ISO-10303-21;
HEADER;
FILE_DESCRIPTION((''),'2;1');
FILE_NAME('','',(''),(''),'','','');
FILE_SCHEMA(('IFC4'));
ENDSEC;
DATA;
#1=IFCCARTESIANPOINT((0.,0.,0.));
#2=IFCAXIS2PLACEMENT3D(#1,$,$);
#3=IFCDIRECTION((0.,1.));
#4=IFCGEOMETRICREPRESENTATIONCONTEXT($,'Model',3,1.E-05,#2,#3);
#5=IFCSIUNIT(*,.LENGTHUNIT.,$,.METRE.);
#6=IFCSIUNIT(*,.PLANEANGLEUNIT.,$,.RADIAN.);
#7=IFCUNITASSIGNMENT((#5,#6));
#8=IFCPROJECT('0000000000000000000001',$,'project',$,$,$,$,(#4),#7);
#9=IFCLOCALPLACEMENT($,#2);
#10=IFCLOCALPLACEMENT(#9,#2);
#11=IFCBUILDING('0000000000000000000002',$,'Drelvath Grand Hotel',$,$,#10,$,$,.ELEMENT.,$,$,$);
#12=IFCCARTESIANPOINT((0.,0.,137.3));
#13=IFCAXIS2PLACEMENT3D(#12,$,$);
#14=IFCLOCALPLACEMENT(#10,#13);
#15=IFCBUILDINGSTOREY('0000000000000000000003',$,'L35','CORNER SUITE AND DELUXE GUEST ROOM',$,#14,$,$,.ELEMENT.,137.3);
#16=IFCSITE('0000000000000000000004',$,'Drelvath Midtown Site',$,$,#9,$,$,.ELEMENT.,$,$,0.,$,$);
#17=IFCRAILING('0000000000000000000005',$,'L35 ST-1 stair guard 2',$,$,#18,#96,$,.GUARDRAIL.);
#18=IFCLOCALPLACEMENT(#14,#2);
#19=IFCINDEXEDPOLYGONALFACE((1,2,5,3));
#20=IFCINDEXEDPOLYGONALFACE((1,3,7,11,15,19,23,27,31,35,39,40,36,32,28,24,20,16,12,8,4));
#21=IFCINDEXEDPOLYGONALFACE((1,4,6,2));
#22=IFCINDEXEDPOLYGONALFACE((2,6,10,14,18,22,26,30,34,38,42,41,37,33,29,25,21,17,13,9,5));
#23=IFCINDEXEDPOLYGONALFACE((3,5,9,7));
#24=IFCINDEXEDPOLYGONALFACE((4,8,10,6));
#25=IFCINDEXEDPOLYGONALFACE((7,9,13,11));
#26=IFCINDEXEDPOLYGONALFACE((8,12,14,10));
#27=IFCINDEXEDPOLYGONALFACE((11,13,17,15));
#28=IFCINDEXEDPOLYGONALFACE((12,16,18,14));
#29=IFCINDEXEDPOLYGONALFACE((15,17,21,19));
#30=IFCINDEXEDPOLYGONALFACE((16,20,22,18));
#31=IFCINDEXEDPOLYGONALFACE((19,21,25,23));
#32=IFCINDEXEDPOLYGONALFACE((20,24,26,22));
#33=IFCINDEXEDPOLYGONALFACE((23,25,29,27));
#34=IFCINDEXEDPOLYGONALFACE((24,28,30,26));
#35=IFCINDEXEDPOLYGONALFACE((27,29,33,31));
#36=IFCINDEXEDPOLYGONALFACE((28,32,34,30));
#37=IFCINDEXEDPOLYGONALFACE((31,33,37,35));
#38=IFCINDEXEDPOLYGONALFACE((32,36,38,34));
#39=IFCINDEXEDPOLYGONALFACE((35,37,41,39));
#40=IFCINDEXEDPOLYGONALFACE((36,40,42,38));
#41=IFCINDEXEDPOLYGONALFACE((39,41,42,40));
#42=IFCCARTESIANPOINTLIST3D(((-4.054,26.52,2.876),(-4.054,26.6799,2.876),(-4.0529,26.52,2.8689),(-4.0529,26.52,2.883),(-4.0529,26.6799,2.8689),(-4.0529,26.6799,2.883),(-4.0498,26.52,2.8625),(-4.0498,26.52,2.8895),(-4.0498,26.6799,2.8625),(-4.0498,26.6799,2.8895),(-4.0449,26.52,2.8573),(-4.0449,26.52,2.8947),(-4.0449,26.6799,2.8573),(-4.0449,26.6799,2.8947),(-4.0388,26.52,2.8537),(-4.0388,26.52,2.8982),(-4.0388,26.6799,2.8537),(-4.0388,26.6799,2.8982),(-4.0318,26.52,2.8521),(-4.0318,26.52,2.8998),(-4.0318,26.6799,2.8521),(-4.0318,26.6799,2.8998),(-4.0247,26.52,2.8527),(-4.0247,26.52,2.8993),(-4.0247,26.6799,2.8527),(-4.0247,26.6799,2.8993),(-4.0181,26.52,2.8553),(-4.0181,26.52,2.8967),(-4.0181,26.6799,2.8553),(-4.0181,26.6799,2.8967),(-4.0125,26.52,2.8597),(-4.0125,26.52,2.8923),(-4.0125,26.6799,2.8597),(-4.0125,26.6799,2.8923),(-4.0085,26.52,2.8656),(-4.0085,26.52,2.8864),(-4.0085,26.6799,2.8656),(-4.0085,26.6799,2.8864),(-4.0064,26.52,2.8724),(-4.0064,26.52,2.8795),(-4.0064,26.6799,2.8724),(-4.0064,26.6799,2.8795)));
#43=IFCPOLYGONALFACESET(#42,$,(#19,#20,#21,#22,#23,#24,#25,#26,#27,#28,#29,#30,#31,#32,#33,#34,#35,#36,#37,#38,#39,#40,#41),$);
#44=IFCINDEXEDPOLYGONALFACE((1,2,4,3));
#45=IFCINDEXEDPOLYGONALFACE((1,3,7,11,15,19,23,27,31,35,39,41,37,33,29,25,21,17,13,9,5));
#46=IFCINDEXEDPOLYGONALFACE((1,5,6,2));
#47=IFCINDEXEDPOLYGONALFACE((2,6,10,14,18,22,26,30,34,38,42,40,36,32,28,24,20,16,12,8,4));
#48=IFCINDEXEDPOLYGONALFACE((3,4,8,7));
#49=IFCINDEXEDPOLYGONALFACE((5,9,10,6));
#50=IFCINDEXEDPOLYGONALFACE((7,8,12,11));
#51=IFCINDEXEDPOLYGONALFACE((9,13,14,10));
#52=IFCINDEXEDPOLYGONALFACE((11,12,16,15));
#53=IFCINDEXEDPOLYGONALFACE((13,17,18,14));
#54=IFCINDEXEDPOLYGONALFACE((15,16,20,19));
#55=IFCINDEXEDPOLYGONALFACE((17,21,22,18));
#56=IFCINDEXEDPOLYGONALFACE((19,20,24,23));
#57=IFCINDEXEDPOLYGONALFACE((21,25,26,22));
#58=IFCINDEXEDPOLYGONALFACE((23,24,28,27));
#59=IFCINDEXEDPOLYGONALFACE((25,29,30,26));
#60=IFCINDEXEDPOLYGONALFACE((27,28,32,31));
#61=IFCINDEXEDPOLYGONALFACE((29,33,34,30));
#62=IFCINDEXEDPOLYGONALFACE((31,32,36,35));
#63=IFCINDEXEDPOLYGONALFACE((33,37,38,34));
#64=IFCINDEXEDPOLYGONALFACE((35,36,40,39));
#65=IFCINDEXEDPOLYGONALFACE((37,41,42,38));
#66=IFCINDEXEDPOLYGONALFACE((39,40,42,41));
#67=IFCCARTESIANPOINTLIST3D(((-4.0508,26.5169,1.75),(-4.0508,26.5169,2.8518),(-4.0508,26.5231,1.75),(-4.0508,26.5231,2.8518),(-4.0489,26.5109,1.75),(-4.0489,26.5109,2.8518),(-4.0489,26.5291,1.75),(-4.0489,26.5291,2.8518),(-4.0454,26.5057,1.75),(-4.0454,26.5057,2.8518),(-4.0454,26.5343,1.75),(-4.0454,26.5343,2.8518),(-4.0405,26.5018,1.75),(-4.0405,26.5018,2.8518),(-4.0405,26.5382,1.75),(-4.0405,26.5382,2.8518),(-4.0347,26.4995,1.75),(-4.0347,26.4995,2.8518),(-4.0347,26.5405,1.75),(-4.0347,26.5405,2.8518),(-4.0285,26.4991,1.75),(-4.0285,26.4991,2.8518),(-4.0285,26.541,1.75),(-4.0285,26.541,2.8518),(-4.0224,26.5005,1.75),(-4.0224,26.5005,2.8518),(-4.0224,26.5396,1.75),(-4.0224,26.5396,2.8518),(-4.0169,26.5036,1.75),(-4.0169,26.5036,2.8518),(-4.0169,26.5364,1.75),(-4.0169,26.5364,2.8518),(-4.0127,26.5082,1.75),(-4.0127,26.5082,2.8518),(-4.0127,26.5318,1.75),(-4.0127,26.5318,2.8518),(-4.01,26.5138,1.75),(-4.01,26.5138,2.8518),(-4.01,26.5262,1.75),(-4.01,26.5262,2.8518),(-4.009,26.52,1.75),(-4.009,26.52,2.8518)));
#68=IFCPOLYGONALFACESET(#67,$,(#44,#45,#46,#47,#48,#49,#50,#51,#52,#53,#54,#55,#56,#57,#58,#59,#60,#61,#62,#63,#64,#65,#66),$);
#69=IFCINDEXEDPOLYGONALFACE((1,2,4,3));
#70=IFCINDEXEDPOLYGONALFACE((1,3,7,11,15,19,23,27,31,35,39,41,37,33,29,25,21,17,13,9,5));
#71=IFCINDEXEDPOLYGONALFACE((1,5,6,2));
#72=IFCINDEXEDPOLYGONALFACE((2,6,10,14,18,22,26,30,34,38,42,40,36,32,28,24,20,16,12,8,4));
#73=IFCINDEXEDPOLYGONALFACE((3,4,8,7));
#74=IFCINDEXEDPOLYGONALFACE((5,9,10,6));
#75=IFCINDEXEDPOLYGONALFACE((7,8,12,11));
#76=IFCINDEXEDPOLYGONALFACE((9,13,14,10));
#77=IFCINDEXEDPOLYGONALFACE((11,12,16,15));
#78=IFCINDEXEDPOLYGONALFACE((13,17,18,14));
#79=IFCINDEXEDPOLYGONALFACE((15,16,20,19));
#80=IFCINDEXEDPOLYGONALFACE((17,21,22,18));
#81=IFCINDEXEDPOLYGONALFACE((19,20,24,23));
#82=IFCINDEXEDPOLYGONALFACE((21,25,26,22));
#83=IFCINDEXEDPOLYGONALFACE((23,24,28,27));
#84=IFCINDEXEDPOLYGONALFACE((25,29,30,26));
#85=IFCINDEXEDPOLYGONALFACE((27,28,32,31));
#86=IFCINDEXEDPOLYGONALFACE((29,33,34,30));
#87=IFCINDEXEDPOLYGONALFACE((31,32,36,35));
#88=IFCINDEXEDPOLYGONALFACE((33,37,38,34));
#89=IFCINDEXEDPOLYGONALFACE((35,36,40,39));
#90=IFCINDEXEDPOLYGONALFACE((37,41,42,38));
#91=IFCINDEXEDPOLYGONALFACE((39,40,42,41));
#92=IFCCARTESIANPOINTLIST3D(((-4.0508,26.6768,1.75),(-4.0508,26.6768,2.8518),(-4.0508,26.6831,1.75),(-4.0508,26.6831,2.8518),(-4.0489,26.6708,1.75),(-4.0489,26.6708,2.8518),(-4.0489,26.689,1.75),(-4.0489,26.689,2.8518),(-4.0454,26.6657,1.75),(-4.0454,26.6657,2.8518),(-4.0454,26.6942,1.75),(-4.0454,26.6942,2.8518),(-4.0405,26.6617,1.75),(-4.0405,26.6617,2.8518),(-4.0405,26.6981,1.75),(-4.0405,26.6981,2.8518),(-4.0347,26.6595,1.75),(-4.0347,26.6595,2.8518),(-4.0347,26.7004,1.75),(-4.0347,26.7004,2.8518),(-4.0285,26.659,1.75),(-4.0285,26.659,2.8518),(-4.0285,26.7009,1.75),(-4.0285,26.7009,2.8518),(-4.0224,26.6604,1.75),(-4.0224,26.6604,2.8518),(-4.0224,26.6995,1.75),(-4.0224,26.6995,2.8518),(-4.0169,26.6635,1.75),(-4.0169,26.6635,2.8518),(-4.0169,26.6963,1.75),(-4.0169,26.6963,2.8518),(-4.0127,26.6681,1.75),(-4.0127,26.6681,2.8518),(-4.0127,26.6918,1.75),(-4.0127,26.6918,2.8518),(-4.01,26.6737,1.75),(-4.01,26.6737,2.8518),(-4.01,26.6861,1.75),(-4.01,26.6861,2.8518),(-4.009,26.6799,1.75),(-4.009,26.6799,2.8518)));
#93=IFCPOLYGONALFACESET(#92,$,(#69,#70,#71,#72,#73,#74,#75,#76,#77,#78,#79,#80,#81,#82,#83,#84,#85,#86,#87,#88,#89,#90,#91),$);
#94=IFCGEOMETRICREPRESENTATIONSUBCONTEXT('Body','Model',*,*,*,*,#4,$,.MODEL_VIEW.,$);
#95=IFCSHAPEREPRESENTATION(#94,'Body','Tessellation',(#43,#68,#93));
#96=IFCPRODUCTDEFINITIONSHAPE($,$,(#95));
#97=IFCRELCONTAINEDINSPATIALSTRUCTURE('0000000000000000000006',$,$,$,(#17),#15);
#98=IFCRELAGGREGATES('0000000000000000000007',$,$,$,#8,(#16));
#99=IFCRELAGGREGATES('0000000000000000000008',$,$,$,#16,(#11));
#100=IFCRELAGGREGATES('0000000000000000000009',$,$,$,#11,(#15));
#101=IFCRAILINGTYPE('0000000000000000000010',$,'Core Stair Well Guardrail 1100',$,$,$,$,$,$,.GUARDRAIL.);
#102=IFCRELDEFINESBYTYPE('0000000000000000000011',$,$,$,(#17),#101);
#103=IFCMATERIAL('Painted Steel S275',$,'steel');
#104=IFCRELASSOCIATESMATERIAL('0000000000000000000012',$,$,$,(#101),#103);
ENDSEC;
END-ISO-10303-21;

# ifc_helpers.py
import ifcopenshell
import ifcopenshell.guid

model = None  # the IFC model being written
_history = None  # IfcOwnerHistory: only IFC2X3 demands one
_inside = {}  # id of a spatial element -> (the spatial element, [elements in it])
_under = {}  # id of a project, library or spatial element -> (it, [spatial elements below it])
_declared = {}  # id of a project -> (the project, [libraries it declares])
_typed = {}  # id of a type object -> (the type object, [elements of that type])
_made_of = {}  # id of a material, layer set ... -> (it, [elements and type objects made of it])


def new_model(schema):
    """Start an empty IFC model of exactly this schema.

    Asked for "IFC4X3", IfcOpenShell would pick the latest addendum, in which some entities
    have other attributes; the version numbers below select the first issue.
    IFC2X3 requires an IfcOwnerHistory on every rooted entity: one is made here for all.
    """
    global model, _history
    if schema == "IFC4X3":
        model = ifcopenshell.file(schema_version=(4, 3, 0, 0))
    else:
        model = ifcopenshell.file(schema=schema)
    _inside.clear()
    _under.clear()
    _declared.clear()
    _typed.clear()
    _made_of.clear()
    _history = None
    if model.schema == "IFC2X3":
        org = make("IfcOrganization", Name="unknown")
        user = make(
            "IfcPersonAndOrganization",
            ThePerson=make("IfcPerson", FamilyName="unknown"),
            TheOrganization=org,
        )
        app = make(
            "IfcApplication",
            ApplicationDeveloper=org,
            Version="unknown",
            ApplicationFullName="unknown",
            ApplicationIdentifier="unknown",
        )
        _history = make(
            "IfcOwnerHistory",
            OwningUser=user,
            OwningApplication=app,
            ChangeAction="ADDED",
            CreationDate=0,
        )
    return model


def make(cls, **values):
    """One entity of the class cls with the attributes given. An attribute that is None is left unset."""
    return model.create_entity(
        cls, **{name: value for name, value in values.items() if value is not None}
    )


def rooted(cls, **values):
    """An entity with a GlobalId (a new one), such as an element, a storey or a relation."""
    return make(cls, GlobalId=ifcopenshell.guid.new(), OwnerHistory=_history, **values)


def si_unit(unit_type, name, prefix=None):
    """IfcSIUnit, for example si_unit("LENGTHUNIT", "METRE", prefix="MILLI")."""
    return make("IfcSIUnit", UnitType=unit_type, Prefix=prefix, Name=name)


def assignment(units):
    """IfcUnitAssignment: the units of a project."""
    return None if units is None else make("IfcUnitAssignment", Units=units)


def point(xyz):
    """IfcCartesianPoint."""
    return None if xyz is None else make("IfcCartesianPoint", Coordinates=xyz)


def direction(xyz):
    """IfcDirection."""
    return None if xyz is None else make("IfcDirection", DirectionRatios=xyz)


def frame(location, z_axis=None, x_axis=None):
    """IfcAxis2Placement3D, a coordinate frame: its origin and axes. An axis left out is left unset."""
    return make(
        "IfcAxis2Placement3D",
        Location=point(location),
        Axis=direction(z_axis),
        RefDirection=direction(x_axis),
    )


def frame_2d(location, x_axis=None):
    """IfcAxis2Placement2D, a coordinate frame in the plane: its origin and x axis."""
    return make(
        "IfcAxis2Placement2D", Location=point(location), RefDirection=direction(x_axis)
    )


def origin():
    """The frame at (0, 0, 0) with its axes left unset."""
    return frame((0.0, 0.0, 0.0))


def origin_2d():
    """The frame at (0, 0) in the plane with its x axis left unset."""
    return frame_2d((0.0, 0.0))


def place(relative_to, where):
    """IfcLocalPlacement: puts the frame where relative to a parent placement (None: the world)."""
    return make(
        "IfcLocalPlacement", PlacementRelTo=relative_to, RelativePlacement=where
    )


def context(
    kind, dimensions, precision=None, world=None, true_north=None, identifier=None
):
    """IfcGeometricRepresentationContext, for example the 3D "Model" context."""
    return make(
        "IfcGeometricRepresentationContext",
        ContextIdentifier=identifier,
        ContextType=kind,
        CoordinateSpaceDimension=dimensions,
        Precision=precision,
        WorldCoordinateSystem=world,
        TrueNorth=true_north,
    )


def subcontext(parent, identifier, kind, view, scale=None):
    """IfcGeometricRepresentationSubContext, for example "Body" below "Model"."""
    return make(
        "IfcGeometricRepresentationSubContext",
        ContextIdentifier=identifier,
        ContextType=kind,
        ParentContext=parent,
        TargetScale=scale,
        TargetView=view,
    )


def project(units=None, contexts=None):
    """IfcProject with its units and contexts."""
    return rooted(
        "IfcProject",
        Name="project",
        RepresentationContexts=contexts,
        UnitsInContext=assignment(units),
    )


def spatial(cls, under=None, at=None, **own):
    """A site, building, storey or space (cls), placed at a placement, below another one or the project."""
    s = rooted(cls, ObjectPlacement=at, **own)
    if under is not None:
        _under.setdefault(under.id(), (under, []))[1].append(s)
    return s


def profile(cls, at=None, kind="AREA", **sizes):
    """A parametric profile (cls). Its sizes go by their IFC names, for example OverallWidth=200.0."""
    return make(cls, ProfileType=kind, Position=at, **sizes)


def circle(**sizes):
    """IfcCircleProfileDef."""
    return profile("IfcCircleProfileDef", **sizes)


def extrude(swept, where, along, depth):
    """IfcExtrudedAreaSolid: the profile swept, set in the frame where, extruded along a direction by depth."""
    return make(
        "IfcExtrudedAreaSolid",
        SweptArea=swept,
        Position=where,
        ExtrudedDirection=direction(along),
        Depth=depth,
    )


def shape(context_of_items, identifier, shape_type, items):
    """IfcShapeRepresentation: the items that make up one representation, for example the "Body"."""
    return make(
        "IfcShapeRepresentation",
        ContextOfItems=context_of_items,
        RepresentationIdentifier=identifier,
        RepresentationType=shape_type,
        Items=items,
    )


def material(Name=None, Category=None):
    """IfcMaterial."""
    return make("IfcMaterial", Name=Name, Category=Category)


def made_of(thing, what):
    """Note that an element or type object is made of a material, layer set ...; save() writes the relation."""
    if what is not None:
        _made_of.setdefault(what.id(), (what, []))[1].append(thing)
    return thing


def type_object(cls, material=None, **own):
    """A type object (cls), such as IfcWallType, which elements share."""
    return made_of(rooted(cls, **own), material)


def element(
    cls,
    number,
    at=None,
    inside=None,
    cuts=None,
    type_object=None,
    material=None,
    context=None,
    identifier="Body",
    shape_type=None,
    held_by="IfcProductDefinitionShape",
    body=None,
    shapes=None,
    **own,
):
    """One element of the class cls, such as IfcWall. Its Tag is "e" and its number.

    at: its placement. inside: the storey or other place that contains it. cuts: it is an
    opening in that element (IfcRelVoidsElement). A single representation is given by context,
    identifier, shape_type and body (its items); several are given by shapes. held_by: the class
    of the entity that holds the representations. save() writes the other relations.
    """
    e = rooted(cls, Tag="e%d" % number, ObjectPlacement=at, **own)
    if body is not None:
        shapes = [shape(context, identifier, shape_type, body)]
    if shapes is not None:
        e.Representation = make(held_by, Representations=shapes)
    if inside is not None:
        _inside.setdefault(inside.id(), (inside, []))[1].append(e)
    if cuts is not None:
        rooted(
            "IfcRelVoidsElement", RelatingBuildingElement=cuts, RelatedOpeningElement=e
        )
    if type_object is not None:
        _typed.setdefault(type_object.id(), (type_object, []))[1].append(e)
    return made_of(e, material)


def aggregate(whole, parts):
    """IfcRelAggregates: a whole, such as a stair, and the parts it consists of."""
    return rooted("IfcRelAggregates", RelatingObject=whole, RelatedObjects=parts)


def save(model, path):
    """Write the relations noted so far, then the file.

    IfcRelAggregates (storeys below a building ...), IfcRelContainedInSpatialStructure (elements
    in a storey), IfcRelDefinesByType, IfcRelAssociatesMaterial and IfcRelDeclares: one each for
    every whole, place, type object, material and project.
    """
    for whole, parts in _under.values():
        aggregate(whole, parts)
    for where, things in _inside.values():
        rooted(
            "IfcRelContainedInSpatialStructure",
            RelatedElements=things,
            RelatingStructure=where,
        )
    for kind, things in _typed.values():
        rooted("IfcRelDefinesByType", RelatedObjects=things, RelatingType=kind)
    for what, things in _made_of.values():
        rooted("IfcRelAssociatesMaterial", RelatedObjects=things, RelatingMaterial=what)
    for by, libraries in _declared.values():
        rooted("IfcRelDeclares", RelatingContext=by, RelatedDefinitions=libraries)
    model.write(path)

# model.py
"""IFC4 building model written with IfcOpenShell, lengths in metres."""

from ifc_helpers import new_model, si_unit, direction, frame, origin, origin_2d, place, context, subcontext, project, spatial, circle, extrude, material, type_object, element, save


model = new_model("IFC4")

# Units and contexts
model_context = context("Model", 3, precision=1e-05, world=origin(), true_north=direction((0.0, 1.0)))
body_context = subcontext(model_context, "Body", "Model", "MODEL_VIEW")
ifc_project = project(units=[si_unit("LENGTHUNIT", "METRE"), si_unit("PLANEANGLEUNIT", "RADIAN")], contexts=[model_context])

# Site, building, storey
site_placement = place(None, origin())
site = spatial("IfcSite", under=ifc_project, at=site_placement, Name="Drelvath Midtown Site", CompositionType="ELEMENT", RefElevation=0.0)
building_placement = place(site_placement, origin())
building = spatial("IfcBuilding", under=site, at=building_placement, Name="Drelvath Grand Hotel", CompositionType="ELEMENT")
storey_placement = place(building_placement, frame((0.0, 0.0, 137.3)))
storey = spatial("IfcBuildingStorey", under=building, at=storey_placement, Name="L35", Description="CORNER SUITE AND DELUXE GUEST ROOM", CompositionType="ELEMENT", Elevation=137.3)

# Railing
ifc_material_1 = material(Name="Painted Steel S275", Category="steel")
railing_type_1 = type_object("IfcRailingType", Name="Core Stair Well Guardrail 1100", PredefinedType="GUARDRAIL", material=ifc_material_1)
railing_1_placement = place(storey_placement, frame((-4.03, 26.52, 1.75)))
element("IfcRailing", 1, at=railing_1_placement, inside=storey, type_object=railing_type_1, Name="L35 ST-1 stair guard 2", PredefinedType="GUARDRAIL", context=body_context, shape_type="SweptSolid", body=[
    extrude(circle(Radius=0.0239, at=origin_2d()), frame((0.0, 0.0, 1.126), z_axis=(0.0, 1.0, 0.0), x_axis=(-1.0, 0.0, 0.0)), (0.0, 0.0, 1.0), 0.1599),
    extrude(circle(Radius=0.021, at=origin_2d()), origin(), (0.0, 0.0, 1.0), 1.1018),
    extrude(circle(Radius=0.021, at=origin_2d()), frame((0.0, 0.1599, 0.0)), (0.0, 0.0, 1.0), 1.1018),
])

save(model, "model.ifc")
